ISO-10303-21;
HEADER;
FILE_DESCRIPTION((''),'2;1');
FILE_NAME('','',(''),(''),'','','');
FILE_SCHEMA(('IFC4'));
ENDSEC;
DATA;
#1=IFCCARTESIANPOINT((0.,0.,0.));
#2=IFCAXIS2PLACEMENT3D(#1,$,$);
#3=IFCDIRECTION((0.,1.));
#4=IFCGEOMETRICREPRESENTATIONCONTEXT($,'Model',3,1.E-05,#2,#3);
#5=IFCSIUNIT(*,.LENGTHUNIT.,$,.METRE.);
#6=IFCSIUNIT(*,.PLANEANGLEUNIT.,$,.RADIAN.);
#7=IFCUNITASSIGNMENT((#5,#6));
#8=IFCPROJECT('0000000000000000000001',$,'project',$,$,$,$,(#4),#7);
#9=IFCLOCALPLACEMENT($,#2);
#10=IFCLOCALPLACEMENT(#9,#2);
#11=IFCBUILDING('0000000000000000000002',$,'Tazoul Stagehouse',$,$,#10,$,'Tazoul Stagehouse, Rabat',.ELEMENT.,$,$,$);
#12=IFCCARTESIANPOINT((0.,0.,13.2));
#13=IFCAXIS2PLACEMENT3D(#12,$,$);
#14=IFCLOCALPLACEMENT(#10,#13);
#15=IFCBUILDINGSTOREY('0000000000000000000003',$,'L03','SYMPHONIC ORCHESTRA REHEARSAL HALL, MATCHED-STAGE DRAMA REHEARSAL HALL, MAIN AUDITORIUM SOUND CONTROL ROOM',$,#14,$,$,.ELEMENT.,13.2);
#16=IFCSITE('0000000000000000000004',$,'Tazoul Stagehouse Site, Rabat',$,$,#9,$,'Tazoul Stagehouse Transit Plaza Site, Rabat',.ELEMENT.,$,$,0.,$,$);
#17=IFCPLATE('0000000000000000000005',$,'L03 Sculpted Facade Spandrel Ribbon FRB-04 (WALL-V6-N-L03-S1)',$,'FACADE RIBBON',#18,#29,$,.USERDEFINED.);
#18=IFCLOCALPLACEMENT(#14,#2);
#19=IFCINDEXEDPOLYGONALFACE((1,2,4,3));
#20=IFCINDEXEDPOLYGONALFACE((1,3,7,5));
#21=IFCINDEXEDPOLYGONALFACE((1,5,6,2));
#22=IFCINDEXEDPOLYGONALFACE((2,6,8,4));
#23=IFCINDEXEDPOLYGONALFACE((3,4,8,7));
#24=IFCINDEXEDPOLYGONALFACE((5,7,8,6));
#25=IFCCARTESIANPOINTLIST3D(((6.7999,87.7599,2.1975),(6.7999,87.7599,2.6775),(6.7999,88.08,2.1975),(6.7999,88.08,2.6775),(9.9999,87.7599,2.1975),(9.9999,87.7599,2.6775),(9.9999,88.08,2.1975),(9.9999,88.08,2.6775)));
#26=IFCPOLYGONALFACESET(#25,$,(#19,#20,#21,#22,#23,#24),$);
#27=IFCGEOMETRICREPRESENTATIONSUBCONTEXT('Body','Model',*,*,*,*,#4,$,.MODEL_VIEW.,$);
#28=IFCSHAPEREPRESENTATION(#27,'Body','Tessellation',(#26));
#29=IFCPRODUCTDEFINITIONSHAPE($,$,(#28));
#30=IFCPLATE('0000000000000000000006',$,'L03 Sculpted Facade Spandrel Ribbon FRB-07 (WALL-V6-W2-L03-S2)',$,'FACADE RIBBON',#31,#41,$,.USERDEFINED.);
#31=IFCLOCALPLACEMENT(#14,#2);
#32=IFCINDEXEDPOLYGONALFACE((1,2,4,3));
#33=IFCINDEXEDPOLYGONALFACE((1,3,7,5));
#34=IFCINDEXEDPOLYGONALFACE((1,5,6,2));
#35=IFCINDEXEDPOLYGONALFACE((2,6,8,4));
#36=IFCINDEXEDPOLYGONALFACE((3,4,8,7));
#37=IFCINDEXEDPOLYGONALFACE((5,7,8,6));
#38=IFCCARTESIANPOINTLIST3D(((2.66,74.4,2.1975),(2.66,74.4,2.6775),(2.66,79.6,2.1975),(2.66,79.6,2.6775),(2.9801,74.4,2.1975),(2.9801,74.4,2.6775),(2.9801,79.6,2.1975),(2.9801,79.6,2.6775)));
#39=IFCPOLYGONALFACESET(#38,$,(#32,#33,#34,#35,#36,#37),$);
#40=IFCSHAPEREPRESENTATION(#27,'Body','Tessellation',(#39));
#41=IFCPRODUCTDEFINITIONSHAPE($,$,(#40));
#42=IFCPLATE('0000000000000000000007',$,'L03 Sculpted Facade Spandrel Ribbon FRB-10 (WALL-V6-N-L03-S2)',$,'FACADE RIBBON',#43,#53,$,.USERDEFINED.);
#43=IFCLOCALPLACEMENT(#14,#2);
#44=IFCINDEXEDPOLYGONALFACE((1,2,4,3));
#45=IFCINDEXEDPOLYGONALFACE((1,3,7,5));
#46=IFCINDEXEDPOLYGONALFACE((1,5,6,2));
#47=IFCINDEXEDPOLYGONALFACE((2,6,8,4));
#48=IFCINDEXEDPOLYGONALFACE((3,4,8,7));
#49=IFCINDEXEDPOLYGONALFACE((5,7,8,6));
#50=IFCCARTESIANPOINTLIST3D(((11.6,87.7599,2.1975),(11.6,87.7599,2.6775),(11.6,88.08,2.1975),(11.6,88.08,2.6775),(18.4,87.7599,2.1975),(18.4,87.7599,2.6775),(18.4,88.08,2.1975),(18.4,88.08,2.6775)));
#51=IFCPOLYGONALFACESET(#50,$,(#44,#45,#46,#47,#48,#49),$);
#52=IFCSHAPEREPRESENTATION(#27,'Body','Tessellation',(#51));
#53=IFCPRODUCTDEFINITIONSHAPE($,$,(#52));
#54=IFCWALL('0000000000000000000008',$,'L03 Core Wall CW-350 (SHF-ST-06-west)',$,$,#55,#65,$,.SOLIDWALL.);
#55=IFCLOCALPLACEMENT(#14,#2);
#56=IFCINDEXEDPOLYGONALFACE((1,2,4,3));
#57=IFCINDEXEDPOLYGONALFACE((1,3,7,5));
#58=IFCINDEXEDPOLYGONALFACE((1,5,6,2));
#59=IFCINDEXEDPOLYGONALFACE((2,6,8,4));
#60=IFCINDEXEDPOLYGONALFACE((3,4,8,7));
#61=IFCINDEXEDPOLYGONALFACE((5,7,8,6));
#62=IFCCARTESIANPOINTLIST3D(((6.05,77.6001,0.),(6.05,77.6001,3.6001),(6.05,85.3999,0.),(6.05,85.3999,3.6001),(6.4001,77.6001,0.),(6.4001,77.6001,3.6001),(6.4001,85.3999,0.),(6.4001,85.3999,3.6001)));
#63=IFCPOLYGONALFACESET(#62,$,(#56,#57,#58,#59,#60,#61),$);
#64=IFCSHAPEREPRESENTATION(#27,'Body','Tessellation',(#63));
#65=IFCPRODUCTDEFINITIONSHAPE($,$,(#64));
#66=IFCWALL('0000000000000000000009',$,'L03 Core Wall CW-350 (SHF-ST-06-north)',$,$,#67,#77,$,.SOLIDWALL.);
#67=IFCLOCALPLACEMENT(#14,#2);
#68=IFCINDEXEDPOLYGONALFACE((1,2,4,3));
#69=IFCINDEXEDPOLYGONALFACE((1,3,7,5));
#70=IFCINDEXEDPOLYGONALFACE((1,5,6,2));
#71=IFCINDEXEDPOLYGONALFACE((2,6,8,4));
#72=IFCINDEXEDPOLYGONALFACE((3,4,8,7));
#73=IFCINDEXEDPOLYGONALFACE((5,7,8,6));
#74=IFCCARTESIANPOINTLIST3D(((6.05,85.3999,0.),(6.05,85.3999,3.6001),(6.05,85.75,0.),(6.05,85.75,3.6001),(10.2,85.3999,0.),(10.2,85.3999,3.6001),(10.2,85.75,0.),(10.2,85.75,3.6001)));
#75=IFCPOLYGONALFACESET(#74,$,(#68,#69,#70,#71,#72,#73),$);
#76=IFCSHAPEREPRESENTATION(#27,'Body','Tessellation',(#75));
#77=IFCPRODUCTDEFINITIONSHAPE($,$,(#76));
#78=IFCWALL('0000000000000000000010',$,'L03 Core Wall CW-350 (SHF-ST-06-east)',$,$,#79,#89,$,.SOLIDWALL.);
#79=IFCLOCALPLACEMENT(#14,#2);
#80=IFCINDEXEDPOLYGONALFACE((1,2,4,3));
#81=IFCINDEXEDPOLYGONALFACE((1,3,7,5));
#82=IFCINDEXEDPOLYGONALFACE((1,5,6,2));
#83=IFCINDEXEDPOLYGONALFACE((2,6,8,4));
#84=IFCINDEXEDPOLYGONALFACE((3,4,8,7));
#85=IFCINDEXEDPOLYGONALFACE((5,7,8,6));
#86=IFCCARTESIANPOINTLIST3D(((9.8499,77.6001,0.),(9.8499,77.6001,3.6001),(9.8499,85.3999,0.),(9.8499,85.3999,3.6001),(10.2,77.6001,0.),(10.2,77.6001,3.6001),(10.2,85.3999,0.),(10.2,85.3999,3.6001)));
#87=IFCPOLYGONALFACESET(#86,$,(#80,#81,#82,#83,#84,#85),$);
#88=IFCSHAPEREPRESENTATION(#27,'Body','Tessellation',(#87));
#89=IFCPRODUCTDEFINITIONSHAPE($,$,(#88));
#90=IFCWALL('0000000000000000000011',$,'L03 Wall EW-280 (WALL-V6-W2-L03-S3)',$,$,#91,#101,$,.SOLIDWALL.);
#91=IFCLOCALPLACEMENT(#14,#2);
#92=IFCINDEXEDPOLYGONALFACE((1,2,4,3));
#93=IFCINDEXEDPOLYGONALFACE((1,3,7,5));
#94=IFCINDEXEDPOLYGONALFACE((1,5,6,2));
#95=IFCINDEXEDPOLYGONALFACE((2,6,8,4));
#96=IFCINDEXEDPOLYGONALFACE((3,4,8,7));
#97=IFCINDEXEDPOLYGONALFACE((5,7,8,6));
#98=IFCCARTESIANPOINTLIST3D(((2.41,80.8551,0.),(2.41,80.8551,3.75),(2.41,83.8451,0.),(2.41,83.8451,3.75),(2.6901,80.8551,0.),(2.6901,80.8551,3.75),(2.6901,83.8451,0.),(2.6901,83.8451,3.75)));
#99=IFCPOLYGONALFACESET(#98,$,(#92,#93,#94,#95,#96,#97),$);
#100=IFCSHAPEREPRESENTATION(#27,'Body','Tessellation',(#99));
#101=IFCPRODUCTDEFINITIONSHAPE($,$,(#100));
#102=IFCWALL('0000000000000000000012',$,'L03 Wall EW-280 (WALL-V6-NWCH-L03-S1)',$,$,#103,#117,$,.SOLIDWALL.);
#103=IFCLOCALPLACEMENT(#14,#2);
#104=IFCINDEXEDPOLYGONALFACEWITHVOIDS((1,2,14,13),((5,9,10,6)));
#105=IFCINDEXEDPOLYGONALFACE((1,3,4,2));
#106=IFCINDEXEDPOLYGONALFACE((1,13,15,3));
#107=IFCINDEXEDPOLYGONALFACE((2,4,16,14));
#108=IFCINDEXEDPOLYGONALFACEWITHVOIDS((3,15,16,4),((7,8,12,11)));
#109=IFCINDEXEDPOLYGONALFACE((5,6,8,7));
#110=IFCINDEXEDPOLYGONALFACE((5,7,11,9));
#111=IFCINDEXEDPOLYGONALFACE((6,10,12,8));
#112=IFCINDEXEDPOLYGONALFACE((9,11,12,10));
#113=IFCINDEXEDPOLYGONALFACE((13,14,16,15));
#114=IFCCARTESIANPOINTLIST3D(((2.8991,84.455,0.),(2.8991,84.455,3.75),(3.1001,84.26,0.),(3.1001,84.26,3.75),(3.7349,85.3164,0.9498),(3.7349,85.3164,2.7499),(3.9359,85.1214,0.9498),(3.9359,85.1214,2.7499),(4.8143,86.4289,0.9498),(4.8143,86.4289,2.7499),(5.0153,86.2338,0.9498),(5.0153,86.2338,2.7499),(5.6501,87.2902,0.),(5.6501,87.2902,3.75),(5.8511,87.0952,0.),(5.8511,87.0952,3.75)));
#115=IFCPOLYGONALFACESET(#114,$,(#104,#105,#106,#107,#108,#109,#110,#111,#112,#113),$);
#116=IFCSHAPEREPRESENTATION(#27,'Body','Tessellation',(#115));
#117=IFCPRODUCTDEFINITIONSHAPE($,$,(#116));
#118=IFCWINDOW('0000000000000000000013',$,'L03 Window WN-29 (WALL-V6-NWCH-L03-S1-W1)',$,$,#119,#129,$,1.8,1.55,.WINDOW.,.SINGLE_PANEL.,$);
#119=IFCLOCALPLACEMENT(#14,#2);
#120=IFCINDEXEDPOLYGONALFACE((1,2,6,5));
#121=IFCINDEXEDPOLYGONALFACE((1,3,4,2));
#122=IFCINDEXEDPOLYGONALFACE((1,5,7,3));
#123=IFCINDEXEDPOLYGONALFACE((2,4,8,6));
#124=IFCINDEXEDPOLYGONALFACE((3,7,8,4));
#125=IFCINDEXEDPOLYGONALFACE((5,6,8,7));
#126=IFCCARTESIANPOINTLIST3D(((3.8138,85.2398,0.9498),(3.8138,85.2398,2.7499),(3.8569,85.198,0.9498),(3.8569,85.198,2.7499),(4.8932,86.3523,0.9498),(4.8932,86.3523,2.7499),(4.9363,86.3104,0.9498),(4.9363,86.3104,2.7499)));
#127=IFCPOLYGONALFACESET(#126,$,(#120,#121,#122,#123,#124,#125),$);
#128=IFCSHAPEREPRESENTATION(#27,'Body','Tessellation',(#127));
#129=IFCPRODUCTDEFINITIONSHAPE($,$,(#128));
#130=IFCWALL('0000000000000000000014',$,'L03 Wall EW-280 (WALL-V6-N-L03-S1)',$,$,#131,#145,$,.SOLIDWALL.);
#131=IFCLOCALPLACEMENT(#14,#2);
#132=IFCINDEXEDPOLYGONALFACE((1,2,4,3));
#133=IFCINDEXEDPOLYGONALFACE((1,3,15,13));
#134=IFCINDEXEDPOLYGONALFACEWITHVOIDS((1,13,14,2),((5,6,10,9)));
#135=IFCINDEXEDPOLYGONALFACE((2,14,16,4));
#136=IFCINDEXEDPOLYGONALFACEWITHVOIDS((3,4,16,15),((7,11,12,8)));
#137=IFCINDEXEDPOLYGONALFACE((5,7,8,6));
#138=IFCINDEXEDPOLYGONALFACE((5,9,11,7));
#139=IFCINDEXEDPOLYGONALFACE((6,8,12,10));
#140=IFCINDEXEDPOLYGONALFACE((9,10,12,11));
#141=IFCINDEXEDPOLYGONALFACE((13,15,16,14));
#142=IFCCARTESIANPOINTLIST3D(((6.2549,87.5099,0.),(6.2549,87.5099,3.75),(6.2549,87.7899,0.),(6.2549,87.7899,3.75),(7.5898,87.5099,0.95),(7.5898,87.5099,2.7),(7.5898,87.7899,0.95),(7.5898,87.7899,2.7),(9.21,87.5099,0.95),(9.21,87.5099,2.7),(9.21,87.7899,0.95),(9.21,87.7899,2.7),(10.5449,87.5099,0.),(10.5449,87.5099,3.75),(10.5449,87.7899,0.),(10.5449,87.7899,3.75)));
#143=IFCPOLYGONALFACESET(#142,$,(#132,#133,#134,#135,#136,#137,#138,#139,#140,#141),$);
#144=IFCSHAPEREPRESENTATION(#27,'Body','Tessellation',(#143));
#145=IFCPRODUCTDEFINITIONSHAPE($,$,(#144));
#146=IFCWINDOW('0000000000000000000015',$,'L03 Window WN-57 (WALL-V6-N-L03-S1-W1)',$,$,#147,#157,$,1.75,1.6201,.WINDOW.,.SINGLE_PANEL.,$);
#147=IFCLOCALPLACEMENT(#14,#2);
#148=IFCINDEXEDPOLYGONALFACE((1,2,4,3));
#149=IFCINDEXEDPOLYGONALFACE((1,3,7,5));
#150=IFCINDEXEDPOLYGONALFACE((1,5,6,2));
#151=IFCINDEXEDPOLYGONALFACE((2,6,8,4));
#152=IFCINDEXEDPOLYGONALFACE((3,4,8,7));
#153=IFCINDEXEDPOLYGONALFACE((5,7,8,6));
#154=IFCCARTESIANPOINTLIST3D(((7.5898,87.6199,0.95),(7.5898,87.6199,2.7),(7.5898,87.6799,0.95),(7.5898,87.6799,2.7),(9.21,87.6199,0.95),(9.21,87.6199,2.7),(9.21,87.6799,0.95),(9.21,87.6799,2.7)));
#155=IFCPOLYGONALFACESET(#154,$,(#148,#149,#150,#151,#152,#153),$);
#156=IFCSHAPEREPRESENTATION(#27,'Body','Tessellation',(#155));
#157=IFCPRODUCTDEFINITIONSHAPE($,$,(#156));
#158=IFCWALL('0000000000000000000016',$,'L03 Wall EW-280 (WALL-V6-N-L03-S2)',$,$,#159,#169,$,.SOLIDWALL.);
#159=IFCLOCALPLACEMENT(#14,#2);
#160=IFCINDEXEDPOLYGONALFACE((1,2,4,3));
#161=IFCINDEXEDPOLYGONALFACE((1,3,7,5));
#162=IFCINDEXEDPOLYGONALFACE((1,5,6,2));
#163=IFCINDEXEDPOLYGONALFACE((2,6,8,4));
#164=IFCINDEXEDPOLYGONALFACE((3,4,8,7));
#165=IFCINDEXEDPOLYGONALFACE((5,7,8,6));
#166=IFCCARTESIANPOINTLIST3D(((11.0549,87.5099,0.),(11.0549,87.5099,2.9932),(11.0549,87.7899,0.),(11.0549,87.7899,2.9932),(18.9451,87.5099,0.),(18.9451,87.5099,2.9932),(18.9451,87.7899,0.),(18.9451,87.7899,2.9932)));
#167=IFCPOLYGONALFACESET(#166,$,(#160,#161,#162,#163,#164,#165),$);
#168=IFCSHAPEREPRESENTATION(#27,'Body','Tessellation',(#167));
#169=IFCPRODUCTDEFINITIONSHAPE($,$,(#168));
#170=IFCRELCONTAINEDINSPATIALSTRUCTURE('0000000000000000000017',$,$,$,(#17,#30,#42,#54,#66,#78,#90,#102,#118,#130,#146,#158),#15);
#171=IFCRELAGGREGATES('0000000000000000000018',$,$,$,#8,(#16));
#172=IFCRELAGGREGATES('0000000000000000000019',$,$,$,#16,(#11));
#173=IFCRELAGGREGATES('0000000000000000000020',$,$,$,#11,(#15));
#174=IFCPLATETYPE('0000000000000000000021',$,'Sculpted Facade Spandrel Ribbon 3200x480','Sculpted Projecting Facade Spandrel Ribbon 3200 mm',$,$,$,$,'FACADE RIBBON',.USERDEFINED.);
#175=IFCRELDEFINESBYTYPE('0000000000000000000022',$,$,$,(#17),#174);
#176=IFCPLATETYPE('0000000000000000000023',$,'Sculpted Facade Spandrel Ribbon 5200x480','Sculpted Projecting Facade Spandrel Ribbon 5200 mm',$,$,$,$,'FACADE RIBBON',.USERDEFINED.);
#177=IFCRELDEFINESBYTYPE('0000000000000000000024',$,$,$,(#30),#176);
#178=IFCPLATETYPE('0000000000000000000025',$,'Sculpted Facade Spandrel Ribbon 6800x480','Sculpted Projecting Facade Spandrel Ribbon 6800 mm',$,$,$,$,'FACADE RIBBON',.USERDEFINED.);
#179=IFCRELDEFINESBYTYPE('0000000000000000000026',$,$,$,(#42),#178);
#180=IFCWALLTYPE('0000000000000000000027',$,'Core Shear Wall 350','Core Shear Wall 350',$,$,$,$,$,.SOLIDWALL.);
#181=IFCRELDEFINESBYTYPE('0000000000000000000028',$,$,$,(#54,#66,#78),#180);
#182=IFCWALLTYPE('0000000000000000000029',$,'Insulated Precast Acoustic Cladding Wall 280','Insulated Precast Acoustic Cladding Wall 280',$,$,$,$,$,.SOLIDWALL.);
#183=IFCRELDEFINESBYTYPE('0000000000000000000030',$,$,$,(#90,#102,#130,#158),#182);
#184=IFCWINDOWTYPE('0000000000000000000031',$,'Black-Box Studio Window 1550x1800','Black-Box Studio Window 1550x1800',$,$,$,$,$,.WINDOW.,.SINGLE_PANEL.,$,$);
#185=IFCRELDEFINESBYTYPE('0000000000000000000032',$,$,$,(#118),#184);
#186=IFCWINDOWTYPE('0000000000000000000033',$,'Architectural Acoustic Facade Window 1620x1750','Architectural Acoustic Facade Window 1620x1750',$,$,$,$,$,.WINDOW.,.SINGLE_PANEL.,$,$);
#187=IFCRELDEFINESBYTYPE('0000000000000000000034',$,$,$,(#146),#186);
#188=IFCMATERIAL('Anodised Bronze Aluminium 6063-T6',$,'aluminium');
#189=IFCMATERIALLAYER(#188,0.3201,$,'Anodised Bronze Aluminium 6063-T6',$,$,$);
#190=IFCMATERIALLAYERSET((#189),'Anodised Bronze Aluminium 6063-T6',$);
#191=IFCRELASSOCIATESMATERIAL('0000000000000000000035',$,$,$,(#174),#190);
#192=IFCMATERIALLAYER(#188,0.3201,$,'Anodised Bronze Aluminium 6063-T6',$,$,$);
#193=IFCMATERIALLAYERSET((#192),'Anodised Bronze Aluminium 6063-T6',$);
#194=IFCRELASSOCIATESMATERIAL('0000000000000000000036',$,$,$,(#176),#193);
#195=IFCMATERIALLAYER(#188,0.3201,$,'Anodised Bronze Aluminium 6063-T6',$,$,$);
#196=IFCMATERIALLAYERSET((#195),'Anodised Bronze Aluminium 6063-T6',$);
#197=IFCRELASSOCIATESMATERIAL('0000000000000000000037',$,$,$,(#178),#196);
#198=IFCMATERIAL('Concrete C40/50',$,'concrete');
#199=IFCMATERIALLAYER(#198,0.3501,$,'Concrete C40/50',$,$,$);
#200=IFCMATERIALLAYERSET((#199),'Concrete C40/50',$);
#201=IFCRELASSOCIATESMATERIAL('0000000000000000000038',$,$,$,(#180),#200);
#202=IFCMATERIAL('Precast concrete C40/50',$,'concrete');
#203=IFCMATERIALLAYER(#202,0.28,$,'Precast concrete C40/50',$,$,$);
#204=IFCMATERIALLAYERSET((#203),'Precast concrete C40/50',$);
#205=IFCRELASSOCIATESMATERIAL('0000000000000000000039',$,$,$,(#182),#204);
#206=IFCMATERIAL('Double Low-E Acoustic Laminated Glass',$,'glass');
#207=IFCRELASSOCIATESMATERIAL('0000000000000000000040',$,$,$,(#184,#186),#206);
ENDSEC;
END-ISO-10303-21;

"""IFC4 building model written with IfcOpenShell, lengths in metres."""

from ifc_helpers import new_model, si_unit, direction, frame, frame_2d, origin, origin_2d, place, context, subcontext, project, spatial, rectangle, extrude, material, layer, layer_set, type_object, element, fill, save


model = new_model("IFC4")

# Units and contexts
model_context = context("Model", 3, precision=1e-05, world=origin(), true_north=direction((0.0, 1.0)))
body_context = subcontext(model_context, "Body", "Model", "MODEL_VIEW")
ifc_project = project(units=[si_unit("LENGTHUNIT", "METRE"), si_unit("PLANEANGLEUNIT", "RADIAN")], contexts=[model_context])

# Site, building, storey
site_placement = place(None, origin())
site = spatial("IfcSite", under=ifc_project, at=site_placement, Name="Tazoul Stagehouse Site, Rabat", LongName="Tazoul Stagehouse Transit Plaza Site, Rabat", CompositionType="ELEMENT", RefElevation=0.0)
building_placement = place(site_placement, origin())
building = spatial("IfcBuilding", under=site, at=building_placement, Name="Tazoul Stagehouse", LongName="Tazoul Stagehouse, Rabat", CompositionType="ELEMENT")
storey_placement = place(building_placement, frame((0.0, 0.0, 13.2)))
storey = spatial("IfcBuildingStorey", under=building, at=storey_placement, Name="L03", Description="SYMPHONIC ORCHESTRA REHEARSAL HALL, MATCHED-STAGE DRAMA REHEARSAL HALL, MAIN AUDITORIUM SOUND CONTROL ROOM", CompositionType="ELEMENT", Elevation=13.2)

# Shared definitions
ifc_material_1 = material(Name="Concrete C40/50", Category="concrete")

# Plates
ifc_material_2 = material(Name="Anodised Bronze Aluminium 6063-T6", Category="aluminium")
ifc_layer_1 = layer(ifc_material_2, 0.3201, Name="Anodised Bronze Aluminium 6063-T6")
ifc_layer_set_1 = layer_set([ifc_layer_1], Name="Anodised Bronze Aluminium 6063-T6")
plate_type_1 = type_object("IfcPlateType", Name="Sculpted Facade Spandrel Ribbon 3200x480", Description="Sculpted Projecting Facade Spandrel Ribbon 3200 mm", ElementType="FACADE RIBBON", PredefinedType="USERDEFINED", material=ifc_layer_set_1)
plate_1_placement = place(storey_placement, frame((8.3999, 87.9199, 2.1975), z_axis=(0.0, 0.0, 1.0), x_axis=(1.0, 0.0, 0.0)))
element("IfcPlate", 1, at=plate_1_placement, inside=storey, type_object=plate_type_1, Name="L03 Sculpted Facade Spandrel Ribbon FRB-04 (WALL-V6-N-L03-S1)", ObjectType="FACADE RIBBON", PredefinedType="USERDEFINED", context=body_context, shape_type="SweptSolid", body=[
    extrude(rectangle(XDim=3.2, YDim=0.3201, at=origin_2d()), origin(), (0.0, 0.0, 1.0), 0.48),
])
ifc_layer_2 = layer(ifc_material_2, 0.3201, Name="Anodised Bronze Aluminium 6063-T6")
ifc_layer_set_2 = layer_set([ifc_layer_2], Name="Anodised Bronze Aluminium 6063-T6")
plate_type_2 = type_object("IfcPlateType", Name="Sculpted Facade Spandrel Ribbon 5200x480", Description="Sculpted Projecting Facade Spandrel Ribbon 5200 mm", ElementType="FACADE RIBBON", PredefinedType="USERDEFINED", material=ifc_layer_set_2)
plate_2_placement = place(storey_placement, frame((2.8201, 77.0, 2.1975), z_axis=(0.0, 0.0, 1.0), x_axis=(0.0, 1.0, 0.0)))
element("IfcPlate", 2, at=plate_2_placement, inside=storey, type_object=plate_type_2, Name="L03 Sculpted Facade Spandrel Ribbon FRB-07 (WALL-V6-W2-L03-S2)", ObjectType="FACADE RIBBON", PredefinedType="USERDEFINED", context=body_context, shape_type="SweptSolid", body=[
    extrude(rectangle(XDim=5.2, YDim=0.3201, at=origin_2d()), origin(), (0.0, 0.0, 1.0), 0.48),
])
ifc_layer_3 = layer(ifc_material_2, 0.3201, Name="Anodised Bronze Aluminium 6063-T6")
ifc_layer_set_3 = layer_set([ifc_layer_3], Name="Anodised Bronze Aluminium 6063-T6")
plate_type_3 = type_object("IfcPlateType", Name="Sculpted Facade Spandrel Ribbon 6800x480", Description="Sculpted Projecting Facade Spandrel Ribbon 6800 mm", ElementType="FACADE RIBBON", PredefinedType="USERDEFINED", material=ifc_layer_set_3)
plate_3_placement = place(storey_placement, frame((15.0, 87.9199, 2.1975), z_axis=(0.0, 0.0, 1.0), x_axis=(1.0, 0.0, 0.0)))
element("IfcPlate", 3, at=plate_3_placement, inside=storey, type_object=plate_type_3, Name="L03 Sculpted Facade Spandrel Ribbon FRB-10 (WALL-V6-N-L03-S2)", ObjectType="FACADE RIBBON", PredefinedType="USERDEFINED", context=body_context, shape_type="SweptSolid", body=[
    extrude(rectangle(XDim=6.8, YDim=0.3201, at=origin_2d()), origin(), (0.0, 0.0, 1.0), 0.48),
])

# Shared definitions
ifc_layer_4 = layer(ifc_material_1, 0.3501, Name="Concrete C40/50")
ifc_layer_set_4 = layer_set([ifc_layer_4], Name="Concrete C40/50")
wall_type_1 = type_object("IfcWallType", Name="Core Shear Wall 350", Description="Core Shear Wall 350", PredefinedType="SOLIDWALL", material=ifc_layer_set_4)

# Walls
wall_1_placement = place(storey_placement, frame((6.2251, 77.6001, 0.0), z_axis=(0.0, 0.0, 1.0), x_axis=(0.0, 1.0, 0.0)))
element("IfcWall", 4, at=wall_1_placement, inside=storey, type_object=wall_type_1, Name="L03 Core Wall CW-350 (SHF-ST-06-west)", PredefinedType="SOLIDWALL", context=body_context, shape_type="SweptSolid", body=[
    extrude(rectangle(XDim=7.7998, YDim=0.3501, at=frame_2d((3.8999, 0.0))), origin(), (0.0, 0.0, 1.0), 3.6001),
])
wall_2_placement = place(storey_placement, frame((6.05, 85.575, 0.0), z_axis=(0.0, 0.0, 1.0), x_axis=(1.0, 0.0, 0.0)))
element("IfcWall", 5, at=wall_2_placement, inside=storey, type_object=wall_type_1, Name="L03 Core Wall CW-350 (SHF-ST-06-north)", PredefinedType="SOLIDWALL", context=body_context, shape_type="SweptSolid", body=[
    extrude(rectangle(XDim=4.1499, YDim=0.3501, at=frame_2d((2.075, 0.0))), origin(), (0.0, 0.0, 1.0), 3.6001),
])
wall_3_placement = place(storey_placement, frame((10.0249, 85.3999, 0.0), z_axis=(0.0, 0.0, 1.0), x_axis=(0.0, -1.0, 0.0)))
element("IfcWall", 6, at=wall_3_placement, inside=storey, type_object=wall_type_1, Name="L03 Core Wall CW-350 (SHF-ST-06-east)", PredefinedType="SOLIDWALL", context=body_context, shape_type="SweptSolid", body=[
    extrude(rectangle(XDim=7.7998, YDim=0.3501, at=frame_2d((3.8999, 0.0))), origin(), (0.0, 0.0, 1.0), 3.6001),
])
ifc_material_3 = material(Name="Precast concrete C40/50", Category="concrete")
ifc_layer_5 = layer(ifc_material_3, 0.28, Name="Precast concrete C40/50")
ifc_layer_set_5 = layer_set([ifc_layer_5], Name="Precast concrete C40/50")
wall_type_2 = type_object("IfcWallType", Name="Insulated Precast Acoustic Cladding Wall 280", Description="Insulated Precast Acoustic Cladding Wall 280", PredefinedType="SOLIDWALL", material=ifc_layer_set_5)
wall_4_placement = place(storey_placement, frame((2.55, 80.855, 0.0), z_axis=(0.0, 0.0, 1.0), x_axis=(0.0, 1.0, 0.0)))
element("IfcWall", 7, at=wall_4_placement, inside=storey, type_object=wall_type_2, Name="L03 Wall EW-280 (WALL-V6-W2-L03-S3)", PredefinedType="SOLIDWALL", context=body_context, shape_type="SweptSolid", body=[
    extrude(rectangle(XDim=2.99, YDim=0.28, at=frame_2d((1.4951, 0.0))), origin(), (0.0, 0.0, 1.0), 3.75),
])

# Walls, openings, windows
wall_5_placement = place(storey_placement, frame((5.7505, 87.1926, 0.0), z_axis=(0.0, 0.0, 1.0), x_axis=(-0.696366, -0.717687, 0.0)))
wall_5 = element("IfcWall", 8, at=wall_5_placement, inside=storey, type_object=wall_type_2, Name="L03 Wall EW-280 (WALL-V6-NWCH-L03-S1)", PredefinedType="SOLIDWALL", context=body_context, shape_type="SweptSolid", body=[
    extrude(rectangle(XDim=3.9504, YDim=0.28, at=frame_2d((1.9751, 0.0))), origin(), (0.0, 0.0, 1.0), 3.75),
])
opening_1_placement = place(wall_5_placement, frame((1.2002, 0.0, 0.95)))
opening_1 = element("IfcOpeningElement", 9, at=opening_1_placement, cuts=wall_5, PredefinedType="OPENING", context=body_context, shape_type="SweptSolid", body=[
    extrude(rectangle(XDim=1.55, YDim=1.8, at=frame_2d((0.7749, 0.8999))), frame((0.0, 0.1599, 0.0), z_axis=(0.0, -1.0, 0.0), x_axis=(1.0, 0.0, 0.0)), (0.0, 0.0, 1.0), 0.3201),
])
ifc_material_4 = material(Name="Double Low-E Acoustic Laminated Glass", Category="glass")
window_type_1 = type_object("IfcWindowType", Name="Black-Box Studio Window 1550x1800", Description="Black-Box Studio Window 1550x1800", PartitioningType="SINGLE_PANEL", PredefinedType="WINDOW", material=ifc_material_4)
window_1_placement = place(opening_1_placement, origin())
window_1 = element("IfcWindow", 10, at=window_1_placement, inside=storey, type_object=window_type_1, Name="L03 Window WN-29 (WALL-V6-NWCH-L03-S1-W1)", OverallHeight=1.8, OverallWidth=1.55, PartitioningType="SINGLE_PANEL", PredefinedType="WINDOW", context=body_context, shape_type="SweptSolid", body=[
    extrude(rectangle(XDim=1.55, YDim=1.8, at=frame_2d((0.7749, 0.8999))), frame((0.0, 0.03, 0.0), z_axis=(0.0, -1.0, 0.0), x_axis=(1.0, 0.0, 0.0)), (0.0, 0.0, 1.0), 0.0601),
])
fill(opening_1, window_1)
wall_6_placement = place(storey_placement, frame((6.2549, 87.6499, 0.0), z_axis=(0.0, 0.0, 1.0), x_axis=(1.0, 0.0, 0.0)))
wall_6 = element("IfcWall", 11, at=wall_6_placement, inside=storey, type_object=wall_type_2, Name="L03 Wall EW-280 (WALL-V6-N-L03-S1)", PredefinedType="SOLIDWALL", context=body_context, shape_type="SweptSolid", body=[
    extrude(rectangle(XDim=4.29, YDim=0.28, at=frame_2d((2.145, 0.0))), origin(), (0.0, 0.0, 1.0), 3.75),
])
opening_2_placement = place(wall_6_placement, frame((1.335, 0.0, 0.95)))
opening_2 = element("IfcOpeningElement", 12, at=opening_2_placement, cuts=wall_6, PredefinedType="OPENING", context=body_context, shape_type="SweptSolid", body=[
    extrude(rectangle(XDim=1.6201, YDim=1.75, at=frame_2d((0.8101, 0.875))), frame((0.0, 0.1599, 0.0), z_axis=(0.0, -1.0, 0.0), x_axis=(1.0, 0.0, 0.0)), (0.0, 0.0, 1.0), 0.3201),
])
window_type_2 = type_object("IfcWindowType", Name="Architectural Acoustic Facade Window 1620x1750", Description="Architectural Acoustic Facade Window 1620x1750", PartitioningType="SINGLE_PANEL", PredefinedType="WINDOW", material=ifc_material_4)
window_2_placement = place(opening_2_placement, origin())
window_2 = element("IfcWindow", 13, at=window_2_placement, inside=storey, type_object=window_type_2, Name="L03 Window WN-57 (WALL-V6-N-L03-S1-W1)", OverallHeight=1.75, OverallWidth=1.6201, PartitioningType="SINGLE_PANEL", PredefinedType="WINDOW", context=body_context, shape_type="SweptSolid", body=[
    extrude(rectangle(XDim=1.6201, YDim=1.75, at=frame_2d((0.8101, 0.875))), frame((0.0, 0.03, 0.0), z_axis=(0.0, -1.0, 0.0), x_axis=(1.0, 0.0, 0.0)), (0.0, 0.0, 1.0), 0.0601),
])
fill(opening_2, window_2)

# Wall
wall_7_placement = place(storey_placement, frame((11.0549, 87.6499, 0.0), z_axis=(0.0, 0.0, 1.0), x_axis=(1.0, 0.0, 0.0)))
element("IfcWall", 14, at=wall_7_placement, inside=storey, type_object=wall_type_2, Name="L03 Wall EW-280 (WALL-V6-N-L03-S2)", PredefinedType="SOLIDWALL", context=body_context, shape_type="SweptSolid", body=[
    extrude(rectangle(XDim=7.8901, YDim=0.28, at=frame_2d((3.9451, 0.0))), origin(), (0.0, 0.0, 1.0), 2.9932),
])

save(model, "model.ifc")
